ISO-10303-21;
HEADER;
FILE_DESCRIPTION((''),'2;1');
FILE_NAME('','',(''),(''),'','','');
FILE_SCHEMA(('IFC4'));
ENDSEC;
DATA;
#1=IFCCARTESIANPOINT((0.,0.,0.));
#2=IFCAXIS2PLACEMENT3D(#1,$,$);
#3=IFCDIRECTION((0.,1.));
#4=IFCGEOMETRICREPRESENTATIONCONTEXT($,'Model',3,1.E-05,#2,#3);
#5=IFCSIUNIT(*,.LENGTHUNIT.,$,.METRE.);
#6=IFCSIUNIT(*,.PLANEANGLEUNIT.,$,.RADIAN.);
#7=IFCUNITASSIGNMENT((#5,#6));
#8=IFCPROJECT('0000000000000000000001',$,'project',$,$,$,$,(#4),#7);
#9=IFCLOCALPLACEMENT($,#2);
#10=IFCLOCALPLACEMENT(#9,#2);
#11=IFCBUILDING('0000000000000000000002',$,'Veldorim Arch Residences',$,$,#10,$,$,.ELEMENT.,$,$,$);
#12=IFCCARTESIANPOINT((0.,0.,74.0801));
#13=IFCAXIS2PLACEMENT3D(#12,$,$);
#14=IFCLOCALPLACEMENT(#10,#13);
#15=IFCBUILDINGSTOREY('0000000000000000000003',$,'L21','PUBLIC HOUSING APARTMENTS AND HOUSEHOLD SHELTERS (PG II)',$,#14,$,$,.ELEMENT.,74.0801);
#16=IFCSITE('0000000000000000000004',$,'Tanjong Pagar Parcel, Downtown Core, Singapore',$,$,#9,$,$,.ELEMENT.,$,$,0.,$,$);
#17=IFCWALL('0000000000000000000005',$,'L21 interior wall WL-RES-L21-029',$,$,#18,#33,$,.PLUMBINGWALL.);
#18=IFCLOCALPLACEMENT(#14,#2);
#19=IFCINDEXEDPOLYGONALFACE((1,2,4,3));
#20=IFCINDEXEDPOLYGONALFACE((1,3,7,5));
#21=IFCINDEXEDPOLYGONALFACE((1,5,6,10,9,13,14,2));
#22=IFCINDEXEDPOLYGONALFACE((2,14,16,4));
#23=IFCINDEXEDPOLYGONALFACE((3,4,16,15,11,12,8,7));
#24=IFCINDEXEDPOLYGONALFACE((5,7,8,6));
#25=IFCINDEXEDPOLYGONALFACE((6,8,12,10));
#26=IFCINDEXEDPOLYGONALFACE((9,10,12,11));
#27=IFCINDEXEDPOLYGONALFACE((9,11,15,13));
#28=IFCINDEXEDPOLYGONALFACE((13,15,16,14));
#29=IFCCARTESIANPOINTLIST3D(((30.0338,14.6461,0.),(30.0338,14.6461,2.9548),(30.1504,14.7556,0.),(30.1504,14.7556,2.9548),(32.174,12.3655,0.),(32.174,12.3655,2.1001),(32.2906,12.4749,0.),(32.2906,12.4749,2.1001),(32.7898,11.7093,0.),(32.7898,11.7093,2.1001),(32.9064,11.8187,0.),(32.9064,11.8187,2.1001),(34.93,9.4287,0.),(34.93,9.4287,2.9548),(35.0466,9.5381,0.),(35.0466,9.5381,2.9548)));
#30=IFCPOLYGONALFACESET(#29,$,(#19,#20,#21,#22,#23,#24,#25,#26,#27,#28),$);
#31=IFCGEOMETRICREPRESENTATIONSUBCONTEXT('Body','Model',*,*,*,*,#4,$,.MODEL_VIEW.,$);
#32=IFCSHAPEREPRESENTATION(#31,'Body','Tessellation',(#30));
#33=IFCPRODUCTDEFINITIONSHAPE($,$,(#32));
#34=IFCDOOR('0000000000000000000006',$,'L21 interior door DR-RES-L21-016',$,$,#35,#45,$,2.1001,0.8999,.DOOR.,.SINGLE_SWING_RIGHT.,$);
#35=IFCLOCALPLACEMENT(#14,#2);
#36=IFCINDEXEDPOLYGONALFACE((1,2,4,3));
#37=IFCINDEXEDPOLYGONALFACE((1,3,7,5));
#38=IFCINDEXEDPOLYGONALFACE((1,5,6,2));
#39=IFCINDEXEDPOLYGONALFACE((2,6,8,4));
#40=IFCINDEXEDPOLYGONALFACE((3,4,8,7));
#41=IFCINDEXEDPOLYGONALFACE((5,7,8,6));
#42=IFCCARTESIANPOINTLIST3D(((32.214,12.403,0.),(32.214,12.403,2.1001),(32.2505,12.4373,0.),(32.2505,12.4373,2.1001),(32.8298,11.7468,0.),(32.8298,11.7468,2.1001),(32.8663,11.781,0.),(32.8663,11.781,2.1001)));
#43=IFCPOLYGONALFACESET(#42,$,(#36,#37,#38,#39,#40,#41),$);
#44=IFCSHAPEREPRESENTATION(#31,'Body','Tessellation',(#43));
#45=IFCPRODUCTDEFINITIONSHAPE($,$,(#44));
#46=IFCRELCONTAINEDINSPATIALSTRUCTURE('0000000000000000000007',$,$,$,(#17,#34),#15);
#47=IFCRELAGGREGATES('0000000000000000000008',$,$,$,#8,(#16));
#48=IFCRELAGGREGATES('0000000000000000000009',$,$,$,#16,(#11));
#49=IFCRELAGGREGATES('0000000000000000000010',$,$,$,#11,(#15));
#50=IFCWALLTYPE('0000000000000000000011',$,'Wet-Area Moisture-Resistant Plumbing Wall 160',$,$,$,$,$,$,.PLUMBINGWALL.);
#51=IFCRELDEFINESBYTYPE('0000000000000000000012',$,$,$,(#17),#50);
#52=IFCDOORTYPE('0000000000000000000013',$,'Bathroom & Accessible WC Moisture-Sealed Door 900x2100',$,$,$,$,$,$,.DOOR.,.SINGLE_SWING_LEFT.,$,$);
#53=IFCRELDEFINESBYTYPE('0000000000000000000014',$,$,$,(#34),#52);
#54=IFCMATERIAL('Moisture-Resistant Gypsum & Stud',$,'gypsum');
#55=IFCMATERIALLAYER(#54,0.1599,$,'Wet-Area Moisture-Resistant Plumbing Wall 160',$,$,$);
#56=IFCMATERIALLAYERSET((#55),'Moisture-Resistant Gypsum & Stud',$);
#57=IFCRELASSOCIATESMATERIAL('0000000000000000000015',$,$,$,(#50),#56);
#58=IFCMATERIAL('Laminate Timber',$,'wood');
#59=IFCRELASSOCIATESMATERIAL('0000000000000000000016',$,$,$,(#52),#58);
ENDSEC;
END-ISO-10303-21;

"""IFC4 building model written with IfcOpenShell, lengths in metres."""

from ifc_helpers import new_model, si_unit, direction, frame, frame_2d, origin, place, context, subcontext, project, spatial, rectangle, extrude, material, layer, layer_set, type_object, element, fill, save


model = new_model("IFC4")

# Units and contexts
model_context = context("Model", 3, precision=1e-05, world=origin(), true_north=direction((0.0, 1.0)))
body_context = subcontext(model_context, "Body", "Model", "MODEL_VIEW")
ifc_project = project(units=[si_unit("LENGTHUNIT", "METRE"), si_unit("PLANEANGLEUNIT", "RADIAN")], contexts=[model_context])

# Site, building, storey
site_placement = place(None, origin())
site = spatial("IfcSite", under=ifc_project, at=site_placement, Name="Tanjong Pagar Parcel, Downtown Core, Singapore", CompositionType="ELEMENT", RefElevation=0.0)
building_placement = place(site_placement, origin())
building = spatial("IfcBuilding", under=site, at=building_placement, Name="Veldorim Arch Residences", CompositionType="ELEMENT")
storey_placement = place(building_placement, frame((0.0, 0.0, 74.0801)))
storey = spatial("IfcBuildingStorey", under=building, at=storey_placement, Name="L21", Description="PUBLIC HOUSING APARTMENTS AND HOUSEHOLD SHELTERS (PG II)", CompositionType="ELEMENT", Elevation=74.0801)

# Wall, opening, door
ifc_material_1 = material(Name="Moisture-Resistant Gypsum & Stud", Category="gypsum")
ifc_layer_1 = layer(ifc_material_1, 0.1599, Name="Wet-Area Moisture-Resistant Plumbing Wall 160")
ifc_layer_set_1 = layer_set([ifc_layer_1], Name="Moisture-Resistant Gypsum & Stud")
wall_type_1 = type_object("IfcWallType", Name="Wet-Area Moisture-Resistant Plumbing Wall 160", PredefinedType="PLUMBINGWALL", material=ifc_layer_set_1)
wall_1_placement = place(storey_placement, frame((30.092, 14.7009, 0.0), z_axis=(0.0, 0.0, 1.0), x_axis=(0.684299, -0.729202, 0.0)))
wall_1 = element("IfcWall", 1, at=wall_1_placement, inside=storey, type_object=wall_type_1, Name="L21 interior wall WL-RES-L21-029", PredefinedType="PLUMBINGWALL", context=body_context, shape_type="SweptSolid", body=[
    extrude(rectangle(XDim=7.155, YDim=0.1599, at=frame_2d((3.5776, 0.0))), origin(), (0.0, 0.0, 1.0), 2.9548),
])
opening_1_placement = place(wall_1_placement, frame((3.1277, 0.0, 0.0)))
opening_1 = element("IfcOpeningElement", 2, at=opening_1_placement, cuts=wall_1, PredefinedType="OPENING", context=body_context, shape_type="SweptSolid", body=[
    extrude(rectangle(XDim=0.8999, YDim=2.1001, at=frame_2d((0.45, 1.05))), frame((0.0, 0.0898, 0.0), z_axis=(0.0, -1.0, 0.0), x_axis=(1.0, 0.0, 0.0)), (0.0, 0.0, 1.0), 0.1799),
])
ifc_material_2 = material(Name="Laminate Timber", Category="wood")
door_type_1 = type_object("IfcDoorType", Name="Bathroom & Accessible WC Moisture-Sealed Door 900x2100", OperationType="SINGLE_SWING_LEFT", PredefinedType="DOOR", material=ifc_material_2)
door_1_placement = place(opening_1_placement, origin())
door_1 = element("IfcDoor", 3, at=door_1_placement, inside=storey, type_object=door_type_1, Name="L21 interior door DR-RES-L21-016", OperationType="SINGLE_SWING_RIGHT", OverallHeight=2.1001, OverallWidth=0.8999, PredefinedType="DOOR", context=body_context, shape_type="SweptSolid", body=[
    extrude(rectangle(XDim=0.8999, YDim=2.1001, at=frame_2d((0.45, 1.05))), frame((0.0, 0.0249, 0.0), z_axis=(0.0, -1.0, 0.0), x_axis=(1.0, 0.0, 0.0)), (0.0, 0.0, 1.0), 0.05),
])
fill(opening_1, door_1)

save(model, "model.ifc")
